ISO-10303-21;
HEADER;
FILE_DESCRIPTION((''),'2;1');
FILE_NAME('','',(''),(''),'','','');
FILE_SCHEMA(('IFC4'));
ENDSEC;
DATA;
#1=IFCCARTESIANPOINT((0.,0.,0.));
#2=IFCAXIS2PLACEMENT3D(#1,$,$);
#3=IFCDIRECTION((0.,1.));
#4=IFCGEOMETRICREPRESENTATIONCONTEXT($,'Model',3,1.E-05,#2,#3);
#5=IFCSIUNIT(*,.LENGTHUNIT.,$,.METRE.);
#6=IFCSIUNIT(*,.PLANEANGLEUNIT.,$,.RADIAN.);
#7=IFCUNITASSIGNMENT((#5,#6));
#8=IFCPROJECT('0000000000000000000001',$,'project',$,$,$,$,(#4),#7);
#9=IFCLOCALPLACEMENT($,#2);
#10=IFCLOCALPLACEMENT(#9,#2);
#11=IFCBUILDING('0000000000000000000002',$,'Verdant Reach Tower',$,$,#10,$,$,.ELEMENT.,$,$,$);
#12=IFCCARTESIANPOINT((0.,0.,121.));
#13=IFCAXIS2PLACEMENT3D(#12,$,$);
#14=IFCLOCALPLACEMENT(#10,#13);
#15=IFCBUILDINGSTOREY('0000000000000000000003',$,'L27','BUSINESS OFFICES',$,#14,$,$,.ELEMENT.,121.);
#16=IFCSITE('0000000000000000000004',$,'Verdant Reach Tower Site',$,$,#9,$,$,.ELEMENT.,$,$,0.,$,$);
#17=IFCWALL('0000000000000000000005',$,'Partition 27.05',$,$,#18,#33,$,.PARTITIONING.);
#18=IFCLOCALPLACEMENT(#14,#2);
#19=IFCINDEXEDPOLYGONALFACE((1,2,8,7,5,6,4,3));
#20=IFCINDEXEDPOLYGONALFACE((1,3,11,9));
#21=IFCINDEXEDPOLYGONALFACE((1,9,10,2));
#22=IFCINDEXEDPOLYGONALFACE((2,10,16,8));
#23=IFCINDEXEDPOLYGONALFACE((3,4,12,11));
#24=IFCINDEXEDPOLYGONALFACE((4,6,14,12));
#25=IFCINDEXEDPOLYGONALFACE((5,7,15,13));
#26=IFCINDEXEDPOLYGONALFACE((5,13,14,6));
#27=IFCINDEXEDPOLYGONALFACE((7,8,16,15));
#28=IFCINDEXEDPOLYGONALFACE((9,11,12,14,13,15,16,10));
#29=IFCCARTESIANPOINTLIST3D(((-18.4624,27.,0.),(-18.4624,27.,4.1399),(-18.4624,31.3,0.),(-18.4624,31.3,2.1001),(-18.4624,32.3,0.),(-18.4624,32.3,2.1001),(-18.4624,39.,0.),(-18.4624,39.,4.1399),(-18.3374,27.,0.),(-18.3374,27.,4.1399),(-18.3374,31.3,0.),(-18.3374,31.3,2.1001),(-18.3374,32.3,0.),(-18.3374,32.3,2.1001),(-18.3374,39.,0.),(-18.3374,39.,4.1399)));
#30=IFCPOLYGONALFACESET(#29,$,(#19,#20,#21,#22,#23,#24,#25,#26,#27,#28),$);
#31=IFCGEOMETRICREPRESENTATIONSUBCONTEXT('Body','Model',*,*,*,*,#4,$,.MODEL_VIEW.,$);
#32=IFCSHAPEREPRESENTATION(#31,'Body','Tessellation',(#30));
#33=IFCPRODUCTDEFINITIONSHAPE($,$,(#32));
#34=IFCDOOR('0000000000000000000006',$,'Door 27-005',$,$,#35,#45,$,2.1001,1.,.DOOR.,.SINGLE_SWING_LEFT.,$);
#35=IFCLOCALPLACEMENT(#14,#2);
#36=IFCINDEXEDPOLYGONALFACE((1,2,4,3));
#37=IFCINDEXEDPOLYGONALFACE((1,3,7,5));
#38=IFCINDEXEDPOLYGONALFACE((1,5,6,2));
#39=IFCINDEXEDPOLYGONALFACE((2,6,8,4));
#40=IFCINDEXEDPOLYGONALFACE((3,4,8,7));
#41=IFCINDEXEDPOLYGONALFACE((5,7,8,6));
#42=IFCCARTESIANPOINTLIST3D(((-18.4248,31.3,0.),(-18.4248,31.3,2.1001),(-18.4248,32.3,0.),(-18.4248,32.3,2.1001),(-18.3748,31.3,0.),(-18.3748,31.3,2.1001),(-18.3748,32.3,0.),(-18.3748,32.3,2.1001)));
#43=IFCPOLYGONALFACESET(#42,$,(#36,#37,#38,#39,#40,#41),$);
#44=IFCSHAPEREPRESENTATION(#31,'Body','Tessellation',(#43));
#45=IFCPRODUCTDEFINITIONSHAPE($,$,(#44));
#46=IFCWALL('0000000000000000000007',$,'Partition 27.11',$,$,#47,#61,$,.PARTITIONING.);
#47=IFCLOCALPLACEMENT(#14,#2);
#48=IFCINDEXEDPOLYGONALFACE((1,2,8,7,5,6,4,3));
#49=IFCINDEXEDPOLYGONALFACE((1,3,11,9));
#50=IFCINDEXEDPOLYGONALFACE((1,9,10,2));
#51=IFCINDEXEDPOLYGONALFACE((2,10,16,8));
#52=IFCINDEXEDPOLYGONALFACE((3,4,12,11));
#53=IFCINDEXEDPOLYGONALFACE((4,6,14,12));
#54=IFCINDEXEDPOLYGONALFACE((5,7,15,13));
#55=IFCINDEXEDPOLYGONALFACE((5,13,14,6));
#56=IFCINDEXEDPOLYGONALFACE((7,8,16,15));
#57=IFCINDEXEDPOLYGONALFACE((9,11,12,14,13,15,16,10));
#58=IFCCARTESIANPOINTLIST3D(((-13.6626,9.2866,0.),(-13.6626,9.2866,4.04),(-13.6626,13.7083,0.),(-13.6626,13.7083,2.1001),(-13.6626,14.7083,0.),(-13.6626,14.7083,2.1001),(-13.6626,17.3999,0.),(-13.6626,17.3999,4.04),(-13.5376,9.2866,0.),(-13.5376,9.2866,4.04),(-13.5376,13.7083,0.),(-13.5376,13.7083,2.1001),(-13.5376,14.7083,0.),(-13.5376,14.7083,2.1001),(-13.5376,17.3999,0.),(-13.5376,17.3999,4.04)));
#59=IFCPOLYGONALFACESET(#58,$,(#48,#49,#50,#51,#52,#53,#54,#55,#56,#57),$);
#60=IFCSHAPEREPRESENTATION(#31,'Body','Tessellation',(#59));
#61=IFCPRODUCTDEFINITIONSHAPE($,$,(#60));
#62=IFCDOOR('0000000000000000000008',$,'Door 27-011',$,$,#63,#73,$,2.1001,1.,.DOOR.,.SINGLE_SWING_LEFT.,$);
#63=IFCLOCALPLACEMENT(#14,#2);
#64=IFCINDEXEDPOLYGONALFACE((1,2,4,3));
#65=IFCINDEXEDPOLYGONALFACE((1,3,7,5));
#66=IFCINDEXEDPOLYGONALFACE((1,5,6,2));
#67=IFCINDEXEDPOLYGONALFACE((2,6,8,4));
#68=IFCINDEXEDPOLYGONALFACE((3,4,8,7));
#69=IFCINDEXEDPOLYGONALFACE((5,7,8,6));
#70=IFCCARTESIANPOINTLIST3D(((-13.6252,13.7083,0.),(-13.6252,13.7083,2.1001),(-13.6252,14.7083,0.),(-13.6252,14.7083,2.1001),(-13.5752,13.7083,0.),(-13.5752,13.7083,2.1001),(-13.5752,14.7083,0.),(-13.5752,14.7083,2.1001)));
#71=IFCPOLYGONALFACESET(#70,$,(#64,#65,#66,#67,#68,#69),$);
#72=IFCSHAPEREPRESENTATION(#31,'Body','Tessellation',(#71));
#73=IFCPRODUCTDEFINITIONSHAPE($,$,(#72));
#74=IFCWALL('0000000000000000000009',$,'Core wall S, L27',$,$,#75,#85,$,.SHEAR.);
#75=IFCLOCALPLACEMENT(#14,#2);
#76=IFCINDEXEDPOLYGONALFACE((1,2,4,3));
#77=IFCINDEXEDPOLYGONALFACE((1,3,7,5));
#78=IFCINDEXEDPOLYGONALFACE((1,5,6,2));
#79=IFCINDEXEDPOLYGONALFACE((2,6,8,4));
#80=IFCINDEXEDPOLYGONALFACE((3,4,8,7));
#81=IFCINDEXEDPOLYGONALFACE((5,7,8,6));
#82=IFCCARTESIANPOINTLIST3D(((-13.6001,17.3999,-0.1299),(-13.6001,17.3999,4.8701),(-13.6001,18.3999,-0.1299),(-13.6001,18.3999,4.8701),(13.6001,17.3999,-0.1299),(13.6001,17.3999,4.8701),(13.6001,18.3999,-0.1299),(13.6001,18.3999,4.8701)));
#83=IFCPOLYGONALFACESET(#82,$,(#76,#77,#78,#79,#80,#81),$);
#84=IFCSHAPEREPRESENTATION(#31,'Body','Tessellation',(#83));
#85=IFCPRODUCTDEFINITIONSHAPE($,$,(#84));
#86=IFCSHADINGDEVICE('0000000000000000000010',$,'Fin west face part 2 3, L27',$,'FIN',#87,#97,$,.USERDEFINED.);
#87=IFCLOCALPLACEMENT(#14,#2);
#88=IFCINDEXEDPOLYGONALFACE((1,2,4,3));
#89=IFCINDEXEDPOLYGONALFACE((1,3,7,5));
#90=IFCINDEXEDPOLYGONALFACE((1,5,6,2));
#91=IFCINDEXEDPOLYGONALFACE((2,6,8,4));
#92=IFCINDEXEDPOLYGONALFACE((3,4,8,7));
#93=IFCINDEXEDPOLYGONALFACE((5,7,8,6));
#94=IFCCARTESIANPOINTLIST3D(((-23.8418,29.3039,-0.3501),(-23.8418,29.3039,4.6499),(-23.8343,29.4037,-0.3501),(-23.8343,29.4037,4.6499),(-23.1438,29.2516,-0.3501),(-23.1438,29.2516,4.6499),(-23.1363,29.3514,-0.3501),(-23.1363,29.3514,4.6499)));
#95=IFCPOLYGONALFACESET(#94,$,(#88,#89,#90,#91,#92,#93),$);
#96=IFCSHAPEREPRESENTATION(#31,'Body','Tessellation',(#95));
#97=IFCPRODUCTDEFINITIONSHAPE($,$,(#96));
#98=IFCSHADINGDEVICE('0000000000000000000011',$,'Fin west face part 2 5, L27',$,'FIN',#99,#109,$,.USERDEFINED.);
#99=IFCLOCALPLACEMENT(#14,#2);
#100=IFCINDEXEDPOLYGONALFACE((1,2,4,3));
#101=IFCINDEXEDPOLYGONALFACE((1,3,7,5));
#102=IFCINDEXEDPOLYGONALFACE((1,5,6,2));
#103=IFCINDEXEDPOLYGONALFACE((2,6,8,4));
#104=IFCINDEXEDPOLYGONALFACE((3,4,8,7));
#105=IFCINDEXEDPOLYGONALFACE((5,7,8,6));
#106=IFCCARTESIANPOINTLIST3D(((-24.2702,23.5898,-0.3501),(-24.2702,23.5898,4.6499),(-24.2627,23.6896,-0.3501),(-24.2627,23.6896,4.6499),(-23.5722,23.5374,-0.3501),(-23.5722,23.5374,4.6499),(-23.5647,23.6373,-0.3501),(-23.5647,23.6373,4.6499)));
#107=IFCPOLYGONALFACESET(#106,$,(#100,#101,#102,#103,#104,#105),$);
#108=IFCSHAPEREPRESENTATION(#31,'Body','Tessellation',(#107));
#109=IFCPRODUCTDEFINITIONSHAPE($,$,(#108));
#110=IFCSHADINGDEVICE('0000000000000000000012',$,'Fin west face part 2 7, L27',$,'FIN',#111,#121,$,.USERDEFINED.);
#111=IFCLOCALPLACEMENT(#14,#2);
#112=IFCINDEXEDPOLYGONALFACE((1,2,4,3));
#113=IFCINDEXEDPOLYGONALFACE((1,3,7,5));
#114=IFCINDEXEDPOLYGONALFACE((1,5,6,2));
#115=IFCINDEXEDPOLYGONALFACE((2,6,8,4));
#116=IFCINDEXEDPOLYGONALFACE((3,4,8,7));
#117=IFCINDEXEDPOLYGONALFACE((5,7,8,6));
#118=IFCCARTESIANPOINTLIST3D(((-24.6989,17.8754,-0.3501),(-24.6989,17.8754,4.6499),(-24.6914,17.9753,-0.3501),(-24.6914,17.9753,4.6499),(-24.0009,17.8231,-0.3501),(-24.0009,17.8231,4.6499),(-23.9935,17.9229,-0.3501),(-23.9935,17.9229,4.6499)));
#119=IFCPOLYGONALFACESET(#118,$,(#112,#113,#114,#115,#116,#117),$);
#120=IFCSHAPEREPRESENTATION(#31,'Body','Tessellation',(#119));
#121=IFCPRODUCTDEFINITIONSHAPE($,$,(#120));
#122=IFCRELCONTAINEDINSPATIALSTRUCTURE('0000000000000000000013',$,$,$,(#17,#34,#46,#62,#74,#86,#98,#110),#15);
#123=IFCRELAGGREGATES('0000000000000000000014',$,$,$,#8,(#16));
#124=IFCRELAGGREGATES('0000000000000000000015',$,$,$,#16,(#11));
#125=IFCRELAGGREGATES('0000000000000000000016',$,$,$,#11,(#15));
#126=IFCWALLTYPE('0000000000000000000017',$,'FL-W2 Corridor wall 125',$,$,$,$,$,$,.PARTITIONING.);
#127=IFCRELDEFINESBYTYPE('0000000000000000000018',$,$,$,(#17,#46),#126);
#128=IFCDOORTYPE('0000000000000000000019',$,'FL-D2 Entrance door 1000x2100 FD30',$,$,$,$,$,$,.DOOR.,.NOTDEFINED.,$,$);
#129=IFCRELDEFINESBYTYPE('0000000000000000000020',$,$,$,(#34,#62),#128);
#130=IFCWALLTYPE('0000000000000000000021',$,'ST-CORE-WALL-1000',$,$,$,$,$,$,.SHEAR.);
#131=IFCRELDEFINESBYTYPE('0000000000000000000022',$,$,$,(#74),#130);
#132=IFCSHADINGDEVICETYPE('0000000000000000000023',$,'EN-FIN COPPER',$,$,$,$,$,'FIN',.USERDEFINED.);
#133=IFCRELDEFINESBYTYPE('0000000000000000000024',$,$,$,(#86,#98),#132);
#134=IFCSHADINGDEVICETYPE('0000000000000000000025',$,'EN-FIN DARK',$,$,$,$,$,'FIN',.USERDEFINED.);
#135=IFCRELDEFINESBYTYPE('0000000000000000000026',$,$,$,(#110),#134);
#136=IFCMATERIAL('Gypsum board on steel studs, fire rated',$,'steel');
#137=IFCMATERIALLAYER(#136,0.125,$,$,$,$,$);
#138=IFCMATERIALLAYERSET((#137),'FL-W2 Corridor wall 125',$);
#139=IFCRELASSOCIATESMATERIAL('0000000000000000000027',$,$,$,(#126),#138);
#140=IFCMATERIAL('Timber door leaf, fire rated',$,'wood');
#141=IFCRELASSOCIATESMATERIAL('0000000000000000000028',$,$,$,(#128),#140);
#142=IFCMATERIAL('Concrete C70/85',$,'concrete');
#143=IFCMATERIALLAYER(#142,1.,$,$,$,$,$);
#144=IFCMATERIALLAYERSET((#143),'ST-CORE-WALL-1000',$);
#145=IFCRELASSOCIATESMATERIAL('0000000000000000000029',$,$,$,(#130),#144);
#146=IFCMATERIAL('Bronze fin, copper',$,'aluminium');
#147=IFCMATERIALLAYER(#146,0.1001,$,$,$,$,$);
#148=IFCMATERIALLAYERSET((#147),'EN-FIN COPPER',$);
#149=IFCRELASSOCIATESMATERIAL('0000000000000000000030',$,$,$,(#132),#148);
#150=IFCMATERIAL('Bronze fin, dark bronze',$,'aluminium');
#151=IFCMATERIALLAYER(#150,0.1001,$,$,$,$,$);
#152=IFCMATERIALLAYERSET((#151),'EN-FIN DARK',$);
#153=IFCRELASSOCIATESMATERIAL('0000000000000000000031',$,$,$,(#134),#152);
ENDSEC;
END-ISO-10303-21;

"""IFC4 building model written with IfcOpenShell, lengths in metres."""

from ifc_helpers import new_model, si_unit, direction, frame, frame_2d, origin, origin_2d, place, context, subcontext, project, spatial, rectangle, extrude, material, layer, layer_set, type_object, element, fill, save


model = new_model("IFC4")

# Units and contexts
model_context = context("Model", 3, precision=1e-05, world=origin(), true_north=direction((0.0, 1.0)))
body_context = subcontext(model_context, "Body", "Model", "MODEL_VIEW")
ifc_project = project(units=[si_unit("LENGTHUNIT", "METRE"), si_unit("PLANEANGLEUNIT", "RADIAN")], contexts=[model_context])

# Site, building, storey
site_placement = place(None, origin())
site = spatial("IfcSite", under=ifc_project, at=site_placement, Name="Verdant Reach Tower Site", CompositionType="ELEMENT", RefElevation=0.0)
building_placement = place(site_placement, origin())
building = spatial("IfcBuilding", under=site, at=building_placement, Name="Verdant Reach Tower", CompositionType="ELEMENT")
storey_placement = place(building_placement, frame((0.0, 0.0, 121.0)))
storey = spatial("IfcBuildingStorey", under=building, at=storey_placement, Name="L27", Description="BUSINESS OFFICES", CompositionType="ELEMENT", Elevation=121.0)

# Walls, openings, doors
ifc_material_1 = material(Name="Gypsum board on steel studs, fire rated", Category="steel")
ifc_layer_1 = layer(ifc_material_1, 0.125)
ifc_layer_set_1 = layer_set([ifc_layer_1], Name="FL-W2 Corridor wall 125")
wall_type_1 = type_object("IfcWallType", Name="FL-W2 Corridor wall 125", PredefinedType="PARTITIONING", material=ifc_layer_set_1)
wall_1_placement = place(storey_placement, frame((-18.3999, 27.0, 0.0), z_axis=(0.0, 0.0, 1.0), x_axis=(0.0, 1.0, 0.0)))
wall_1 = element("IfcWall", 1, at=wall_1_placement, inside=storey, type_object=wall_type_1, Name="Partition 27.05", PredefinedType="PARTITIONING", context=body_context, shape_type="SweptSolid", body=[
    extrude(rectangle(XDim=12.0, YDim=0.125, at=frame_2d((6.0, 0.0))), origin(), (0.0, 0.0, 1.0), 4.1399),
])
opening_1_placement = place(wall_1_placement, frame((4.3, 0.0, 0.0)))
opening_1 = element("IfcOpeningElement", 2, at=opening_1_placement, cuts=wall_1, PredefinedType="OPENING", context=body_context, shape_type="SweptSolid", body=[
    extrude(rectangle(XDim=1.0, YDim=2.1001, at=frame_2d((0.5, 1.05))), frame((0.0, 0.0725, 0.0), z_axis=(0.0, -1.0, 0.0), x_axis=(1.0, 0.0, 0.0)), (0.0, 0.0, 1.0), 0.145),
])
ifc_material_2 = material(Name="Timber door leaf, fire rated", Category="wood")
door_type_1 = type_object("IfcDoorType", Name="FL-D2 Entrance door 1000x2100 FD30", OperationType="NOTDEFINED", PredefinedType="DOOR", material=ifc_material_2)
door_1_placement = place(opening_1_placement, origin())
door_1 = element("IfcDoor", 3, at=door_1_placement, inside=storey, type_object=door_type_1, Name="Door 27-005", OperationType="SINGLE_SWING_LEFT", OverallHeight=2.1001, OverallWidth=1.0, PredefinedType="DOOR", context=body_context, shape_type="SweptSolid", body=[
    extrude(rectangle(XDim=1.0, YDim=2.1001, at=frame_2d((0.5, 1.05))), frame((0.0, 0.0249, 0.0), z_axis=(0.0, -1.0, 0.0), x_axis=(1.0, 0.0, 0.0)), (0.0, 0.0, 1.0), 0.05),
])
fill(opening_1, door_1)
wall_2_placement = place(storey_placement, frame((-13.6001, 17.3999, 0.0), z_axis=(0.0, 0.0, 1.0), x_axis=(0.0, -1.0, 0.0)))
wall_2 = element("IfcWall", 4, at=wall_2_placement, inside=storey, type_object=wall_type_1, Name="Partition 27.11", PredefinedType="PARTITIONING", context=body_context, shape_type="SweptSolid", body=[
    extrude(rectangle(XDim=8.1133, YDim=0.125, at=frame_2d((4.0566, 0.0))), origin(), (0.0, 0.0, 1.0), 4.04),
])
opening_2_placement = place(wall_2_placement, frame((2.6917, 0.0, 0.0)))
opening_2 = element("IfcOpeningElement", 5, at=opening_2_placement, cuts=wall_2, PredefinedType="OPENING", context=body_context, shape_type="SweptSolid", body=[
    extrude(rectangle(XDim=1.0, YDim=2.1001, at=frame_2d((0.5, 1.05))), frame((0.0, 0.0725, 0.0), z_axis=(0.0, -1.0, 0.0), x_axis=(1.0, 0.0, 0.0)), (0.0, 0.0, 1.0), 0.145),
])
door_2_placement = place(opening_2_placement, origin())
door_2 = element("IfcDoor", 6, at=door_2_placement, inside=storey, type_object=door_type_1, Name="Door 27-011", OperationType="SINGLE_SWING_LEFT", OverallHeight=2.1001, OverallWidth=1.0, PredefinedType="DOOR", context=body_context, shape_type="SweptSolid", body=[
    extrude(rectangle(XDim=1.0, YDim=2.1001, at=frame_2d((0.5, 1.05))), frame((0.0, 0.0249, 0.0), z_axis=(0.0, -1.0, 0.0), x_axis=(1.0, 0.0, 0.0)), (0.0, 0.0, 1.0), 0.05),
])
fill(opening_2, door_2)

# Wall
ifc_material_3 = material(Name="Concrete C70/85", Category="concrete")
ifc_layer_2 = layer(ifc_material_3, 1.0)
ifc_layer_set_2 = layer_set([ifc_layer_2], Name="ST-CORE-WALL-1000")
wall_type_2 = type_object("IfcWallType", Name="ST-CORE-WALL-1000", PredefinedType="SHEAR", material=ifc_layer_set_2)
wall_3_placement = place(storey_placement, frame((-13.6001, 17.8999, -0.1299), z_axis=(0.0, 0.0, 1.0), x_axis=(1.0, 0.0, 0.0)))
element("IfcWall", 7, at=wall_3_placement, inside=storey, type_object=wall_type_2, Name="Core wall S, L27", PredefinedType="SHEAR", context=body_context, shape_type="SweptSolid", body=[
    extrude(rectangle(XDim=27.2002, YDim=1.0, at=frame_2d((13.6001, 0.0))), origin(), (0.0, 0.0, 1.0), 5.0),
])

# Shading devices
ifc_material_4 = material(Name="Bronze fin, copper", Category="aluminium")
ifc_layer_3 = layer(ifc_material_4, 0.1001)
ifc_layer_set_3 = layer_set([ifc_layer_3], Name="EN-FIN COPPER")
shading_device_type_1 = type_object("IfcShadingDeviceType", Name="EN-FIN COPPER", ElementType="FIN", PredefinedType="USERDEFINED", material=ifc_layer_set_3)
for number, where, z_axis, x_axis, name in (
    (8, (-23.489, 29.3276, -0.3501), (0.0, 0.0, 1.0), (-0.07479, -0.997199, 0.0), "Fin west face part 2 3, L27"),
    (9, (-23.9175, 23.6135, -0.3501), (0.0, 0.0, 1.0), (-0.07479, -0.997199, 0.0), "Fin west face part 2 5, L27"),
):
    element("IfcShadingDevice", number, at=place(storey_placement, frame(where, z_axis=z_axis, x_axis=x_axis)), inside=storey, type_object=shading_device_type_1, Name=name, ObjectType="FIN", PredefinedType="USERDEFINED", context=body_context, shape_type="SweptSolid", body=[
        extrude(rectangle(XDim=0.1001, YDim=0.7, at=origin_2d()), origin(), (0.0, 0.0, 1.0), 5.0),
    ])
ifc_material_5 = material(Name="Bronze fin, dark bronze", Category="aluminium")
ifc_layer_4 = layer(ifc_material_5, 0.1001)
ifc_layer_set_4 = layer_set([ifc_layer_4], Name="EN-FIN DARK")
shading_device_type_2 = type_object("IfcShadingDeviceType", Name="EN-FIN DARK", ElementType="FIN", PredefinedType="USERDEFINED", material=ifc_layer_set_4)
shading_device_placement = place(storey_placement, frame((-24.3462, 17.8992, -0.3501), z_axis=(0.0, 0.0, 1.0), x_axis=(-0.07479, -0.997199, 0.0)))
element("IfcShadingDevice", 10, at=shading_device_placement, inside=storey, type_object=shading_device_type_2, Name="Fin west face part 2 7, L27", ObjectType="FIN", PredefinedType="USERDEFINED", context=body_context, shape_type="SweptSolid", body=[
    extrude(rectangle(XDim=0.1001, YDim=0.7, at=origin_2d()), origin(), (0.0, 0.0, 1.0), 5.0),
])

save(model, "model.ifc")
